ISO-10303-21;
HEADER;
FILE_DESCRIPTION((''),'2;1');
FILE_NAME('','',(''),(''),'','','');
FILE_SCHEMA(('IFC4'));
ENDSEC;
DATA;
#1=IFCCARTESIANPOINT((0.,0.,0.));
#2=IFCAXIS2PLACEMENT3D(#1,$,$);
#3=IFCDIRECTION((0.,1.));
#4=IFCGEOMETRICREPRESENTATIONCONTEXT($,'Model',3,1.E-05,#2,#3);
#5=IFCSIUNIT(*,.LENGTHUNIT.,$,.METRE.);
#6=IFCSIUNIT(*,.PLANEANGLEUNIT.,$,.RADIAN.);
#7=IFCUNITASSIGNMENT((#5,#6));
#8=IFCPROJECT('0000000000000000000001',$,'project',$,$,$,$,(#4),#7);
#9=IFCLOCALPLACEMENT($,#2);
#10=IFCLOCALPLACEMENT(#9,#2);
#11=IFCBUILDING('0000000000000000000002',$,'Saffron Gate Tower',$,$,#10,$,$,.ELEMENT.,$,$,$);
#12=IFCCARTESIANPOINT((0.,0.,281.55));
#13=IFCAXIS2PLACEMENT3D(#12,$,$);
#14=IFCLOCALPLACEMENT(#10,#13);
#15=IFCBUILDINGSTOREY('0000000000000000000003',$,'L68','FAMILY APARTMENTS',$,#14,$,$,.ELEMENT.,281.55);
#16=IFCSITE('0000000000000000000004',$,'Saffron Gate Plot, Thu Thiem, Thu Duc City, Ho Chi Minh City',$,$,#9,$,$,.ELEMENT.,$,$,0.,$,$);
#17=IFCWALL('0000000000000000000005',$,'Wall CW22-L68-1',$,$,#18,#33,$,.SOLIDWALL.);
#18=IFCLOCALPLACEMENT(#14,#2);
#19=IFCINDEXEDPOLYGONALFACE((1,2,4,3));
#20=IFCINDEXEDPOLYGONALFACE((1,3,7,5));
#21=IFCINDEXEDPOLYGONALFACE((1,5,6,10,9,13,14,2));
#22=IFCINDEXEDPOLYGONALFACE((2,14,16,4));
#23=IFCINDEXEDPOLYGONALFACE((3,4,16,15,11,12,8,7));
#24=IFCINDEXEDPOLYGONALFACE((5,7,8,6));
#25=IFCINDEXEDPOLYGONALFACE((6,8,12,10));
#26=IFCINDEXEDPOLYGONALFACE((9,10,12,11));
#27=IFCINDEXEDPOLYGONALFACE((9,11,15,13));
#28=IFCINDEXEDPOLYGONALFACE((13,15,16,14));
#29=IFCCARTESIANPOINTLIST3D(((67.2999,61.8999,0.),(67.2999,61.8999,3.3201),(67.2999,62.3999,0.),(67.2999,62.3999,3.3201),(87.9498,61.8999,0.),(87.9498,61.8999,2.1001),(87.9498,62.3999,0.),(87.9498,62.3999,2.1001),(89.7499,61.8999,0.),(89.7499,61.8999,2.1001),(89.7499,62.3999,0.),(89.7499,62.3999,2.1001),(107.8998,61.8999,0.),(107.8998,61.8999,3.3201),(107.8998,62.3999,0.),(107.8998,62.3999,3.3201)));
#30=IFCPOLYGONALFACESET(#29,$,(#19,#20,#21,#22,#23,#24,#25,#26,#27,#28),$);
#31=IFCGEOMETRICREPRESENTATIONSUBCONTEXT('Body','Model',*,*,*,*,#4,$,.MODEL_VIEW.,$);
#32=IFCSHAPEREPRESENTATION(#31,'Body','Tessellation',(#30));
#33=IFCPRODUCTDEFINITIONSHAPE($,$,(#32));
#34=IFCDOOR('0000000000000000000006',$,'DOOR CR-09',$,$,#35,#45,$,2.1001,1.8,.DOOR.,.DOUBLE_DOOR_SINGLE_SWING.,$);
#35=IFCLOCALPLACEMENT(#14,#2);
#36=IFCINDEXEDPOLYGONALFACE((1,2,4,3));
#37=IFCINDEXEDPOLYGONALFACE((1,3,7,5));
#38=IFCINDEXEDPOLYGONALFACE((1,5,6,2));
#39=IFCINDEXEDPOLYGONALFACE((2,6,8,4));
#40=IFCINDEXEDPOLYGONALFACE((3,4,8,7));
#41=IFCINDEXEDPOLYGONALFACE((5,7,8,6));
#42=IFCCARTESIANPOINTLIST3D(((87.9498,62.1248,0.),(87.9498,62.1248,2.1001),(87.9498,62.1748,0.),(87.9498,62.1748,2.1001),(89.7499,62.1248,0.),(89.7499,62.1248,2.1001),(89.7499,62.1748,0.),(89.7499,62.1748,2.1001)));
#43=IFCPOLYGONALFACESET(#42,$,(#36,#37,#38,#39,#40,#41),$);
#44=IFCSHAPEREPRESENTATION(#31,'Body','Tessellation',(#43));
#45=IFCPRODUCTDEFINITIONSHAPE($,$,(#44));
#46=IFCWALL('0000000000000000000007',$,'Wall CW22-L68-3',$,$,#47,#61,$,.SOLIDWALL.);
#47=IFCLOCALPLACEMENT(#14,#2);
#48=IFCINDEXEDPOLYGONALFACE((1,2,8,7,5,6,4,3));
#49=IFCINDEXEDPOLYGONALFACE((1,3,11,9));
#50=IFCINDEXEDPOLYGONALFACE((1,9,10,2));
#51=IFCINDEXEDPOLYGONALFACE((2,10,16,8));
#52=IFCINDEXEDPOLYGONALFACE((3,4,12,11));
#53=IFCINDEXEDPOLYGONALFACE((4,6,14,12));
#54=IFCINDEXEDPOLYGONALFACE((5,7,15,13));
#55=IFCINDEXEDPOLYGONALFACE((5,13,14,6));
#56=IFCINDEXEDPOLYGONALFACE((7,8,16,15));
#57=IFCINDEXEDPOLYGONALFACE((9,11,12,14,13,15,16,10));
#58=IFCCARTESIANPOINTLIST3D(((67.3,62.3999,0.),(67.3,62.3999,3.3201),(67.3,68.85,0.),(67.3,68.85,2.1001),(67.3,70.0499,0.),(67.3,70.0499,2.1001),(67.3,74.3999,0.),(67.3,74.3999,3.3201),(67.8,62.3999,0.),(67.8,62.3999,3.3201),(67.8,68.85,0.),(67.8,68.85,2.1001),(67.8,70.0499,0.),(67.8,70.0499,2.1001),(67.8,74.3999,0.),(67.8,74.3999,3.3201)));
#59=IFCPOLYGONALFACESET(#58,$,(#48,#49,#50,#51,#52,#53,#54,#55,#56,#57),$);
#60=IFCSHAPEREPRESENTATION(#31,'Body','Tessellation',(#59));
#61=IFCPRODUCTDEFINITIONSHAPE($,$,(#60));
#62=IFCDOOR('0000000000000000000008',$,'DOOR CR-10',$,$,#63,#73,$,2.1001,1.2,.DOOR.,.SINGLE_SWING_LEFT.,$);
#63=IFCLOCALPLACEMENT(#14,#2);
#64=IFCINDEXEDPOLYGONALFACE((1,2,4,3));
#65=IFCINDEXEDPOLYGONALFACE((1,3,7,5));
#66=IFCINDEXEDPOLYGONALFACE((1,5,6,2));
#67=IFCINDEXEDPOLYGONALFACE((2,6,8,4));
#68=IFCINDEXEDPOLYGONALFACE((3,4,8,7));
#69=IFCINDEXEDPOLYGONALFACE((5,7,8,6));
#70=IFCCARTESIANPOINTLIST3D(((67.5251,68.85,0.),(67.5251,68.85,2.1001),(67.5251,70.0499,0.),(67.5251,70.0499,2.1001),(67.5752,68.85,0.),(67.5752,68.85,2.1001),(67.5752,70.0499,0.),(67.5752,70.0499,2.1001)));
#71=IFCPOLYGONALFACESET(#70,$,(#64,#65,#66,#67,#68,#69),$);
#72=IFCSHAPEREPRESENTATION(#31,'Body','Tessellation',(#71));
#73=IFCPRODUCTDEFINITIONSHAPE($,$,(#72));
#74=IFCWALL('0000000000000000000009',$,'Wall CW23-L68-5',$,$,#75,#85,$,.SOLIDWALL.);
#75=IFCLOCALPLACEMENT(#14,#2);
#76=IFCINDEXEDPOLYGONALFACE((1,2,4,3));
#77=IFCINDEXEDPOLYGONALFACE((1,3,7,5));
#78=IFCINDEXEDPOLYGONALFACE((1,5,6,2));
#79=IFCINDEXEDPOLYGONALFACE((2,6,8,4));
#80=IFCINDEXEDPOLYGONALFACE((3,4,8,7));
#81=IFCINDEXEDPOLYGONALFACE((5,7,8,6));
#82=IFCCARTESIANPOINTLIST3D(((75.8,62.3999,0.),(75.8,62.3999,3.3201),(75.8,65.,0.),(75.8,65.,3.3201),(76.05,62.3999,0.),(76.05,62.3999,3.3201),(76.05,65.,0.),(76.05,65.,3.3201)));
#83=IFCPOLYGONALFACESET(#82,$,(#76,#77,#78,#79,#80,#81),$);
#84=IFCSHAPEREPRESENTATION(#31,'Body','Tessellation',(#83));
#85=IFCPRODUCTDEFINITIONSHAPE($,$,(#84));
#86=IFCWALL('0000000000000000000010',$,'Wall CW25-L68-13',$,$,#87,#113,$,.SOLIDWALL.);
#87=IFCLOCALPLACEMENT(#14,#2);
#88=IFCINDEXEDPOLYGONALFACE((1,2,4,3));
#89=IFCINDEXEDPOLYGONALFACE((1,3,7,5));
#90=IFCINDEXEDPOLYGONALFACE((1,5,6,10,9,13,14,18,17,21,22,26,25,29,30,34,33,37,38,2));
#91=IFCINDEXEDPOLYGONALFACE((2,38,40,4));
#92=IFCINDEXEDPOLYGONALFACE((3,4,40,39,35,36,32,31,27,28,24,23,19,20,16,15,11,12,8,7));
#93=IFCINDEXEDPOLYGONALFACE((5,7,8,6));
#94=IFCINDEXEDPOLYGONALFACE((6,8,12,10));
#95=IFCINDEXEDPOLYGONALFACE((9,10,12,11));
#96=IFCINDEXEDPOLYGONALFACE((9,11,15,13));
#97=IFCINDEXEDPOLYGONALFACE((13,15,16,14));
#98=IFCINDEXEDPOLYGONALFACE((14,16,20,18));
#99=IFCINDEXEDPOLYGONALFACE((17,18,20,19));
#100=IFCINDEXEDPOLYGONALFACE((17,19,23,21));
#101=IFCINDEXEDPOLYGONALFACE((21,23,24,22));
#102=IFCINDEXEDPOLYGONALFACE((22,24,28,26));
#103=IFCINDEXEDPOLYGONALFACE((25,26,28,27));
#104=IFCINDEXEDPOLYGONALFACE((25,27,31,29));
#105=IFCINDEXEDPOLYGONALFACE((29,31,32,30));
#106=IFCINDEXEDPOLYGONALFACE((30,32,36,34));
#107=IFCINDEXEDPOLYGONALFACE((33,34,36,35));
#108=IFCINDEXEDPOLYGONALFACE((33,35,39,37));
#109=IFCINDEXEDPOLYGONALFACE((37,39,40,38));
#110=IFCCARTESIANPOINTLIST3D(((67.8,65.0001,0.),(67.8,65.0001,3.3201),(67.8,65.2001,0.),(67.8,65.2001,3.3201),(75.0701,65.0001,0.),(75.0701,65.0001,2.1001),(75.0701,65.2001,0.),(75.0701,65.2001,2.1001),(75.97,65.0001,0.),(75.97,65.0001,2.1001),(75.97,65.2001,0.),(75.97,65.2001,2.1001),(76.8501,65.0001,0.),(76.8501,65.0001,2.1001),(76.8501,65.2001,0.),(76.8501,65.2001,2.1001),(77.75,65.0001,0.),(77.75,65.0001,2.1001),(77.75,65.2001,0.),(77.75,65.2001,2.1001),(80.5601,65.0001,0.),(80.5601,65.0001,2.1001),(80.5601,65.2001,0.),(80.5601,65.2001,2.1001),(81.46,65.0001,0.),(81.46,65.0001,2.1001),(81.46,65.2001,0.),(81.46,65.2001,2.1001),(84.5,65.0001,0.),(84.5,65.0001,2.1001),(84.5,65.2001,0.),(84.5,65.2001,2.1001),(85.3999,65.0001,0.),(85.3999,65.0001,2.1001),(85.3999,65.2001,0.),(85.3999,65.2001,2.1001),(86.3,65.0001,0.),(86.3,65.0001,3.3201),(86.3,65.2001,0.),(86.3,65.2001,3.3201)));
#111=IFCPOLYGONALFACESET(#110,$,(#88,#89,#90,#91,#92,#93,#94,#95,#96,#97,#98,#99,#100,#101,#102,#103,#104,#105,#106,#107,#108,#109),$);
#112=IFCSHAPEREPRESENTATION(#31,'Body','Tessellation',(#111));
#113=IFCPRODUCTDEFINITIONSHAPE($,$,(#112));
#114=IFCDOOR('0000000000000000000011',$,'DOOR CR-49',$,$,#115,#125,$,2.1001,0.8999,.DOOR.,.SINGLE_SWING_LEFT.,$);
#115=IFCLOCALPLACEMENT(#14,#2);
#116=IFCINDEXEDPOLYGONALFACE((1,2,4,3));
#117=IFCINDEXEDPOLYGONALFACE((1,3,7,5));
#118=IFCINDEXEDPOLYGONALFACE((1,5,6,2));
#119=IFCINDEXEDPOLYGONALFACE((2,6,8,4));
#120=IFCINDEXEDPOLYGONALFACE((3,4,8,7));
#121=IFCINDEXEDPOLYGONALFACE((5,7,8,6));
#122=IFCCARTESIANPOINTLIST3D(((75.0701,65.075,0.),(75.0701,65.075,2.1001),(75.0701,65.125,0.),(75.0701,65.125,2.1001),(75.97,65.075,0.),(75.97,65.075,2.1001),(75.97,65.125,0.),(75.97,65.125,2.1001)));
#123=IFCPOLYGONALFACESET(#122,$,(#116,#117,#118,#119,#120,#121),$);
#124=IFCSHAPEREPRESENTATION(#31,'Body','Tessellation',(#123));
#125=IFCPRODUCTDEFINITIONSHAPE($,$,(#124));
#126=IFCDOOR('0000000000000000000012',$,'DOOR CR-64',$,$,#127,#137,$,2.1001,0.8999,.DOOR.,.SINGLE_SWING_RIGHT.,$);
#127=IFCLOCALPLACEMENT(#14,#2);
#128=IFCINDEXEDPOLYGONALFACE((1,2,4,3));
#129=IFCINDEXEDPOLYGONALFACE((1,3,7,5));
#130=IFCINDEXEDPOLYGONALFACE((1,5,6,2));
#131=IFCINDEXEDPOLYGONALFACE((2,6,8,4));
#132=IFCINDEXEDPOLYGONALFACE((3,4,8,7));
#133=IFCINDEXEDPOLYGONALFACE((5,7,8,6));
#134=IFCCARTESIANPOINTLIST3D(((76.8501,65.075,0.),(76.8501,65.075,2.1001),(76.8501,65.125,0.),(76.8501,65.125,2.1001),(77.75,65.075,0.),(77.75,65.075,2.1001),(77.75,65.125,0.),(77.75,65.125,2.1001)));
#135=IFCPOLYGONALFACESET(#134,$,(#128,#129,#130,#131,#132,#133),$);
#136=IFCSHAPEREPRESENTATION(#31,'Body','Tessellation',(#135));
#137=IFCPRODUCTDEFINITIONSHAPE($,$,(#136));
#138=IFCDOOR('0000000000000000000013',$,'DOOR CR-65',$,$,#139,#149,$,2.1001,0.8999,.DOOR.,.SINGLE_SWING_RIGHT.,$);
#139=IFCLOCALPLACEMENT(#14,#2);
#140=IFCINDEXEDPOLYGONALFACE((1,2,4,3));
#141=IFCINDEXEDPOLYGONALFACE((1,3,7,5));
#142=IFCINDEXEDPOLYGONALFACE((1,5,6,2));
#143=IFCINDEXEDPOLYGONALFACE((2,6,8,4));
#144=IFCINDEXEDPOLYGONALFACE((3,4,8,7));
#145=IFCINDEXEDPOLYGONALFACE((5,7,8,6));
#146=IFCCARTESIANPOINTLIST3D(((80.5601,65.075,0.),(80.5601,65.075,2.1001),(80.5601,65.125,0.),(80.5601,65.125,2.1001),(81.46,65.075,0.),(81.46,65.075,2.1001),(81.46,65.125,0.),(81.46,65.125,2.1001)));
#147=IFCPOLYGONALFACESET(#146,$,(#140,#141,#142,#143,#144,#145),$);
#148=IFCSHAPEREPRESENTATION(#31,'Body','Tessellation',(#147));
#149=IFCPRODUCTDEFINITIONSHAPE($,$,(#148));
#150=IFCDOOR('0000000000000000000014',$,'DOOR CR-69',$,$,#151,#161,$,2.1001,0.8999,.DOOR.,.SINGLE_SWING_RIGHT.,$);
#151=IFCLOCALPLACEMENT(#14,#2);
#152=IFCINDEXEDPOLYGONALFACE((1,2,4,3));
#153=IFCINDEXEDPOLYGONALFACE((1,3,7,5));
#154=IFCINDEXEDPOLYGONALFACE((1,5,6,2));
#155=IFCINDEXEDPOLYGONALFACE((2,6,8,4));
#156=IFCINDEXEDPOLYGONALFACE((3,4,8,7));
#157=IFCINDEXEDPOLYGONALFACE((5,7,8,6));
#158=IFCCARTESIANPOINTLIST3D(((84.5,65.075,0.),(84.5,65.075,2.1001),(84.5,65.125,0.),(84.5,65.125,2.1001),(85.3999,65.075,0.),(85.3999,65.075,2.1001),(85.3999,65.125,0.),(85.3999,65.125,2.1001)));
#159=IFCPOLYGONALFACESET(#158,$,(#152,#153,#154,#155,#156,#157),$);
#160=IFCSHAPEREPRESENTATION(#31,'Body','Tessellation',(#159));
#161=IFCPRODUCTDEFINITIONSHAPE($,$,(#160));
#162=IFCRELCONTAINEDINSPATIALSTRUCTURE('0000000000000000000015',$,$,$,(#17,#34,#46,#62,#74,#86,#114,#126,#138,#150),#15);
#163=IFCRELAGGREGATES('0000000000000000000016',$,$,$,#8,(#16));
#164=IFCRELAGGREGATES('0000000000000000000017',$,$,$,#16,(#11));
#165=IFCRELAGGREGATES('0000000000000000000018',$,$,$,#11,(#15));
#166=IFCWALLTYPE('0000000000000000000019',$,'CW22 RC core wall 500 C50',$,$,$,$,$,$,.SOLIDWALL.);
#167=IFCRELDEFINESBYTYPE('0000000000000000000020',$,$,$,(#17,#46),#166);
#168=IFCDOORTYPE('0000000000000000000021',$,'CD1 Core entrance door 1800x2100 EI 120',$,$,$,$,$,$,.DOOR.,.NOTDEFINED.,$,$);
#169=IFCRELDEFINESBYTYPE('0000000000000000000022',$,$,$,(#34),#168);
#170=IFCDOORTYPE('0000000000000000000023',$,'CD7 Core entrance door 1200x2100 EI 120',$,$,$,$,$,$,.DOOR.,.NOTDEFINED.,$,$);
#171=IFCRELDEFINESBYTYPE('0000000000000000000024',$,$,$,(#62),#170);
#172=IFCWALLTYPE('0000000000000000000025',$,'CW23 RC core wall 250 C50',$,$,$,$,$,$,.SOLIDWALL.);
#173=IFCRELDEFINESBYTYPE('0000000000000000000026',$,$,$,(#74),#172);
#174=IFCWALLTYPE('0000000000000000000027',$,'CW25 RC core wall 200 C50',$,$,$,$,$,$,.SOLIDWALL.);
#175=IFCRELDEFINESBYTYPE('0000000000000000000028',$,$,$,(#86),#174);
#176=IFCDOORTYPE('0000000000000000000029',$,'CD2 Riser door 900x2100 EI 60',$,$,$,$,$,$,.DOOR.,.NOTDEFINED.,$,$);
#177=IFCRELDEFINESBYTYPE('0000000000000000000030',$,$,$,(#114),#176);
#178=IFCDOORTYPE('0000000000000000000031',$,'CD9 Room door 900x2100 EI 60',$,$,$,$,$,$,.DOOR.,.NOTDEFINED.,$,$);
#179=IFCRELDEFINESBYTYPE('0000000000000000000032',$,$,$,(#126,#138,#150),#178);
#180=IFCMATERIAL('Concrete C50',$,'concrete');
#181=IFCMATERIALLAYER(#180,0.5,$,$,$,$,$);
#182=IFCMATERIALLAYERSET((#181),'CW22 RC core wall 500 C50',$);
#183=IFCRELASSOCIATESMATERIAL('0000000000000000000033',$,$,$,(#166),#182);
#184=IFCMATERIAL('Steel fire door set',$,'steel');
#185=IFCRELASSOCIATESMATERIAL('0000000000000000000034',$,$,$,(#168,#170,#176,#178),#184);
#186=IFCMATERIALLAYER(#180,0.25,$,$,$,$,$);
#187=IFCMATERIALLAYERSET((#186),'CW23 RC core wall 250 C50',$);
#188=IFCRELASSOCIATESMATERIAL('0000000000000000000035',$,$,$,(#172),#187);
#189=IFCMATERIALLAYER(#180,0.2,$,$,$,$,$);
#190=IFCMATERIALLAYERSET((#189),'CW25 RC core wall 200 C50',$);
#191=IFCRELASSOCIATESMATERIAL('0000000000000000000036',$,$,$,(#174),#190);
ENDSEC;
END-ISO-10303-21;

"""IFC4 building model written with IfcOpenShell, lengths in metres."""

from ifc_helpers import new_model, si_unit, direction, frame, frame_2d, origin, place, context, subcontext, project, spatial, rectangle, extrude, material, layer, layer_set, type_object, element, fill, save


model = new_model("IFC4")

# Units and contexts
model_context = context("Model", 3, precision=1e-05, world=origin(), true_north=direction((0.0, 1.0)))
body_context = subcontext(model_context, "Body", "Model", "MODEL_VIEW")
ifc_project = project(units=[si_unit("LENGTHUNIT", "METRE"), si_unit("PLANEANGLEUNIT", "RADIAN")], contexts=[model_context])

# Site, building, storey
site_placement = place(None, origin())
site = spatial("IfcSite", under=ifc_project, at=site_placement, Name="Saffron Gate Plot, Thu Thiem, Thu Duc City, Ho Chi Minh City", CompositionType="ELEMENT", RefElevation=0.0)
building_placement = place(site_placement, origin())
building = spatial("IfcBuilding", under=site, at=building_placement, Name="Saffron Gate Tower", CompositionType="ELEMENT")
storey_placement = place(building_placement, frame((0.0, 0.0, 281.55)))
storey = spatial("IfcBuildingStorey", under=building, at=storey_placement, Name="L68", Description="FAMILY APARTMENTS", CompositionType="ELEMENT", Elevation=281.55)

# Walls, openings, doors
ifc_material_1 = material(Name="Concrete C50", Category="concrete")
ifc_layer_1 = layer(ifc_material_1, 0.5)
ifc_layer_set_1 = layer_set([ifc_layer_1], Name="CW22 RC core wall 500 C50")
wall_type_1 = type_object("IfcWallType", Name="CW22 RC core wall 500 C50", PredefinedType="SOLIDWALL", material=ifc_layer_set_1)
wall_1_placement = place(storey_placement, frame((67.3, 62.1499, 0.0), z_axis=(0.0, 0.0, 1.0), x_axis=(1.0, 0.0, 0.0)))
wall_1 = element("IfcWall", 1, at=wall_1_placement, inside=storey, type_object=wall_type_1, Name="Wall CW22-L68-1", PredefinedType="SOLIDWALL", context=body_context, shape_type="SweptSolid", body=[
    extrude(rectangle(XDim=40.5999, YDim=0.5, at=frame_2d((20.2998, 0.0))), origin(), (0.0, 0.0, 1.0), 3.3201),
])
opening_1_placement = place(wall_1_placement, frame((20.6499, 0.0, 0.0)))
opening_1 = element("IfcOpeningElement", 2, at=opening_1_placement, cuts=wall_1, PredefinedType="OPENING", context=body_context, shape_type="SweptSolid", body=[
    extrude(rectangle(XDim=1.8, YDim=2.1001, at=frame_2d((0.8999, 1.05))), frame((0.0, 0.26, 0.0), z_axis=(0.0, -1.0, 0.0), x_axis=(1.0, 0.0, 0.0)), (0.0, 0.0, 1.0), 0.52),
])
ifc_material_2 = material(Name="Steel fire door set", Category="steel")
door_type_1 = type_object("IfcDoorType", Name="CD1 Core entrance door 1800x2100 EI 120", OperationType="NOTDEFINED", PredefinedType="DOOR", material=ifc_material_2)
door_1_placement = place(opening_1_placement, origin())
door_1 = element("IfcDoor", 3, at=door_1_placement, inside=storey, type_object=door_type_1, Name="DOOR CR-09", OperationType="DOUBLE_DOOR_SINGLE_SWING", OverallHeight=2.1001, OverallWidth=1.8, PredefinedType="DOOR", context=body_context, shape_type="SweptSolid", body=[
    extrude(rectangle(XDim=1.8, YDim=2.1001, at=frame_2d((0.8999, 1.05))), frame((0.0, 0.0249, 0.0), z_axis=(0.0, -1.0, 0.0), x_axis=(1.0, 0.0, 0.0)), (0.0, 0.0, 1.0), 0.05),
])
fill(opening_1, door_1)
wall_2_placement = place(storey_placement, frame((67.55, 62.3999, 0.0), z_axis=(0.0, 0.0, 1.0), x_axis=(0.0, 1.0, 0.0)))
wall_2 = element("IfcWall", 4, at=wall_2_placement, inside=storey, type_object=wall_type_1, Name="Wall CW22-L68-3", PredefinedType="SOLIDWALL", context=body_context, shape_type="SweptSolid", body=[
    extrude(rectangle(XDim=12.0, YDim=0.5, at=frame_2d((6.0, 0.0))), origin(), (0.0, 0.0, 1.0), 3.3201),
])
opening_2_placement = place(wall_2_placement, frame((6.45, 0.0, 0.0)))
opening_2 = element("IfcOpeningElement", 5, at=opening_2_placement, cuts=wall_2, PredefinedType="OPENING", context=body_context, shape_type="SweptSolid", body=[
    extrude(rectangle(XDim=1.2, YDim=2.1001, at=frame_2d((0.6001, 1.05))), frame((0.0, 0.26, 0.0), z_axis=(0.0, -1.0, 0.0), x_axis=(1.0, 0.0, 0.0)), (0.0, 0.0, 1.0), 0.52),
])
door_type_2 = type_object("IfcDoorType", Name="CD7 Core entrance door 1200x2100 EI 120", OperationType="NOTDEFINED", PredefinedType="DOOR", material=ifc_material_2)
door_2_placement = place(opening_2_placement, origin())
door_2 = element("IfcDoor", 6, at=door_2_placement, inside=storey, type_object=door_type_2, Name="DOOR CR-10", OperationType="SINGLE_SWING_LEFT", OverallHeight=2.1001, OverallWidth=1.2, PredefinedType="DOOR", context=body_context, shape_type="SweptSolid", body=[
    extrude(rectangle(XDim=1.2, YDim=2.1001, at=frame_2d((0.6001, 1.05))), frame((0.0, 0.0249, 0.0), z_axis=(0.0, -1.0, 0.0), x_axis=(1.0, 0.0, 0.0)), (0.0, 0.0, 1.0), 0.05),
])
fill(opening_2, door_2)

# Wall
ifc_layer_2 = layer(ifc_material_1, 0.25)
ifc_layer_set_2 = layer_set([ifc_layer_2], Name="CW23 RC core wall 250 C50")
wall_type_2 = type_object("IfcWallType", Name="CW23 RC core wall 250 C50", PredefinedType="SOLIDWALL", material=ifc_layer_set_2)
wall_3_placement = place(storey_placement, frame((75.925, 62.3999, 0.0), z_axis=(0.0, 0.0, 1.0), x_axis=(0.0, 1.0, 0.0)))
element("IfcWall", 7, at=wall_3_placement, inside=storey, type_object=wall_type_2, Name="Wall CW23-L68-5", PredefinedType="SOLIDWALL", context=body_context, shape_type="SweptSolid", body=[
    extrude(rectangle(XDim=2.6001, YDim=0.25, at=frame_2d((1.3, 0.0))), origin(), (0.0, 0.0, 1.0), 3.3201),
])

# Wall, openings, doors
ifc_layer_3 = layer(ifc_material_1, 0.2)
ifc_layer_set_3 = layer_set([ifc_layer_3], Name="CW25 RC core wall 200 C50")
wall_type_3 = type_object("IfcWallType", Name="CW25 RC core wall 200 C50", PredefinedType="SOLIDWALL", material=ifc_layer_set_3)
wall_4_placement = place(storey_placement, frame((67.8, 65.1001, 0.0), z_axis=(0.0, 0.0, 1.0), x_axis=(1.0, 0.0, 0.0)))
wall_4 = element("IfcWall", 8, at=wall_4_placement, inside=storey, type_object=wall_type_3, Name="Wall CW25-L68-13", PredefinedType="SOLIDWALL", context=body_context, shape_type="SweptSolid", body=[
    extrude(rectangle(XDim=18.5, YDim=0.2, at=frame_2d((9.25, 0.0))), origin(), (0.0, 0.0, 1.0), 3.3201),
])
opening_3_placement = place(wall_4_placement, frame((7.27, 0.0, 0.0)))
opening_3 = element("IfcOpeningElement", 9, at=opening_3_placement, cuts=wall_4, PredefinedType="OPENING", context=body_context, shape_type="SweptSolid", body=[
    extrude(rectangle(XDim=0.8999, YDim=2.1001, at=frame_2d((0.45, 1.05))), frame((0.0, 0.1099, 0.0), z_axis=(0.0, -1.0, 0.0), x_axis=(1.0, 0.0, 0.0)), (0.0, 0.0, 1.0), 0.22),
])
opening_4_placement = place(wall_4_placement, frame((9.05, 0.0, 0.0)))
opening_4 = element("IfcOpeningElement", 10, at=opening_4_placement, cuts=wall_4, PredefinedType="OPENING", context=body_context, shape_type="SweptSolid", body=[
    extrude(rectangle(XDim=0.8999, YDim=2.1001, at=frame_2d((0.45, 1.05))), frame((0.0, 0.1099, 0.0), z_axis=(0.0, -1.0, 0.0), x_axis=(1.0, 0.0, 0.0)), (0.0, 0.0, 1.0), 0.22),
])
opening_5_placement = place(wall_4_placement, frame((12.76, 0.0, 0.0)))
opening_5 = element("IfcOpeningElement", 11, at=opening_5_placement, cuts=wall_4, PredefinedType="OPENING", context=body_context, shape_type="SweptSolid", body=[
    extrude(rectangle(XDim=0.8999, YDim=2.1001, at=frame_2d((0.45, 1.05))), frame((0.0, 0.1099, 0.0), z_axis=(0.0, -1.0, 0.0), x_axis=(1.0, 0.0, 0.0)), (0.0, 0.0, 1.0), 0.22),
])
opening_6_placement = place(wall_4_placement, frame((16.7, 0.0, 0.0)))
opening_6 = element("IfcOpeningElement", 12, at=opening_6_placement, cuts=wall_4, PredefinedType="OPENING", context=body_context, shape_type="SweptSolid", body=[
    extrude(rectangle(XDim=0.8999, YDim=2.1001, at=frame_2d((0.45, 1.05))), frame((0.0, 0.1099, 0.0), z_axis=(0.0, -1.0, 0.0), x_axis=(1.0, 0.0, 0.0)), (0.0, 0.0, 1.0), 0.22),
])
door_type_3 = type_object("IfcDoorType", Name="CD2 Riser door 900x2100 EI 60", OperationType="NOTDEFINED", PredefinedType="DOOR", material=ifc_material_2)
door_3_placement = place(opening_3_placement, origin())
door_3 = element("IfcDoor", 13, at=door_3_placement, inside=storey, type_object=door_type_3, Name="DOOR CR-49", OperationType="SINGLE_SWING_LEFT", OverallHeight=2.1001, OverallWidth=0.8999, PredefinedType="DOOR", context=body_context, shape_type="SweptSolid", body=[
    extrude(rectangle(XDim=0.8999, YDim=2.1001, at=frame_2d((0.45, 1.05))), frame((0.0, 0.0249, 0.0), z_axis=(0.0, -1.0, 0.0), x_axis=(1.0, 0.0, 0.0)), (0.0, 0.0, 1.0), 0.05),
])
fill(opening_3, door_3)
door_type_4 = type_object("IfcDoorType", Name="CD9 Room door 900x2100 EI 60", OperationType="NOTDEFINED", PredefinedType="DOOR", material=ifc_material_2)
door_4_placement = place(opening_4_placement, origin())
door_4 = element("IfcDoor", 14, at=door_4_placement, inside=storey, type_object=door_type_4, Name="DOOR CR-64", OperationType="SINGLE_SWING_RIGHT", OverallHeight=2.1001, OverallWidth=0.8999, PredefinedType="DOOR", context=body_context, shape_type="SweptSolid", body=[
    extrude(rectangle(XDim=0.8999, YDim=2.1001, at=frame_2d((0.45, 1.05))), frame((0.0, 0.0249, 0.0), z_axis=(0.0, -1.0, 0.0), x_axis=(1.0, 0.0, 0.0)), (0.0, 0.0, 1.0), 0.05),
])
fill(opening_4, door_4)
door_5_placement = place(opening_5_placement, origin())
door_5 = element("IfcDoor", 15, at=door_5_placement, inside=storey, type_object=door_type_4, Name="DOOR CR-65", OperationType="SINGLE_SWING_RIGHT", OverallHeight=2.1001, OverallWidth=0.8999, PredefinedType="DOOR", context=body_context, shape_type="SweptSolid", body=[
    extrude(rectangle(XDim=0.8999, YDim=2.1001, at=frame_2d((0.45, 1.05))), frame((0.0, 0.0249, 0.0), z_axis=(0.0, -1.0, 0.0), x_axis=(1.0, 0.0, 0.0)), (0.0, 0.0, 1.0), 0.05),
])
fill(opening_5, door_5)
door_6_placement = place(opening_6_placement, origin())
door_6 = element("IfcDoor", 16, at=door_6_placement, inside=storey, type_object=door_type_4, Name="DOOR CR-69", OperationType="SINGLE_SWING_RIGHT", OverallHeight=2.1001, OverallWidth=0.8999, PredefinedType="DOOR", context=body_context, shape_type="SweptSolid", body=[
    extrude(rectangle(XDim=0.8999, YDim=2.1001, at=frame_2d((0.45, 1.05))), frame((0.0, 0.0249, 0.0), z_axis=(0.0, -1.0, 0.0), x_axis=(1.0, 0.0, 0.0)), (0.0, 0.0, 1.0), 0.05),
])
fill(opening_6, door_6)

save(model, "model.ifc")
